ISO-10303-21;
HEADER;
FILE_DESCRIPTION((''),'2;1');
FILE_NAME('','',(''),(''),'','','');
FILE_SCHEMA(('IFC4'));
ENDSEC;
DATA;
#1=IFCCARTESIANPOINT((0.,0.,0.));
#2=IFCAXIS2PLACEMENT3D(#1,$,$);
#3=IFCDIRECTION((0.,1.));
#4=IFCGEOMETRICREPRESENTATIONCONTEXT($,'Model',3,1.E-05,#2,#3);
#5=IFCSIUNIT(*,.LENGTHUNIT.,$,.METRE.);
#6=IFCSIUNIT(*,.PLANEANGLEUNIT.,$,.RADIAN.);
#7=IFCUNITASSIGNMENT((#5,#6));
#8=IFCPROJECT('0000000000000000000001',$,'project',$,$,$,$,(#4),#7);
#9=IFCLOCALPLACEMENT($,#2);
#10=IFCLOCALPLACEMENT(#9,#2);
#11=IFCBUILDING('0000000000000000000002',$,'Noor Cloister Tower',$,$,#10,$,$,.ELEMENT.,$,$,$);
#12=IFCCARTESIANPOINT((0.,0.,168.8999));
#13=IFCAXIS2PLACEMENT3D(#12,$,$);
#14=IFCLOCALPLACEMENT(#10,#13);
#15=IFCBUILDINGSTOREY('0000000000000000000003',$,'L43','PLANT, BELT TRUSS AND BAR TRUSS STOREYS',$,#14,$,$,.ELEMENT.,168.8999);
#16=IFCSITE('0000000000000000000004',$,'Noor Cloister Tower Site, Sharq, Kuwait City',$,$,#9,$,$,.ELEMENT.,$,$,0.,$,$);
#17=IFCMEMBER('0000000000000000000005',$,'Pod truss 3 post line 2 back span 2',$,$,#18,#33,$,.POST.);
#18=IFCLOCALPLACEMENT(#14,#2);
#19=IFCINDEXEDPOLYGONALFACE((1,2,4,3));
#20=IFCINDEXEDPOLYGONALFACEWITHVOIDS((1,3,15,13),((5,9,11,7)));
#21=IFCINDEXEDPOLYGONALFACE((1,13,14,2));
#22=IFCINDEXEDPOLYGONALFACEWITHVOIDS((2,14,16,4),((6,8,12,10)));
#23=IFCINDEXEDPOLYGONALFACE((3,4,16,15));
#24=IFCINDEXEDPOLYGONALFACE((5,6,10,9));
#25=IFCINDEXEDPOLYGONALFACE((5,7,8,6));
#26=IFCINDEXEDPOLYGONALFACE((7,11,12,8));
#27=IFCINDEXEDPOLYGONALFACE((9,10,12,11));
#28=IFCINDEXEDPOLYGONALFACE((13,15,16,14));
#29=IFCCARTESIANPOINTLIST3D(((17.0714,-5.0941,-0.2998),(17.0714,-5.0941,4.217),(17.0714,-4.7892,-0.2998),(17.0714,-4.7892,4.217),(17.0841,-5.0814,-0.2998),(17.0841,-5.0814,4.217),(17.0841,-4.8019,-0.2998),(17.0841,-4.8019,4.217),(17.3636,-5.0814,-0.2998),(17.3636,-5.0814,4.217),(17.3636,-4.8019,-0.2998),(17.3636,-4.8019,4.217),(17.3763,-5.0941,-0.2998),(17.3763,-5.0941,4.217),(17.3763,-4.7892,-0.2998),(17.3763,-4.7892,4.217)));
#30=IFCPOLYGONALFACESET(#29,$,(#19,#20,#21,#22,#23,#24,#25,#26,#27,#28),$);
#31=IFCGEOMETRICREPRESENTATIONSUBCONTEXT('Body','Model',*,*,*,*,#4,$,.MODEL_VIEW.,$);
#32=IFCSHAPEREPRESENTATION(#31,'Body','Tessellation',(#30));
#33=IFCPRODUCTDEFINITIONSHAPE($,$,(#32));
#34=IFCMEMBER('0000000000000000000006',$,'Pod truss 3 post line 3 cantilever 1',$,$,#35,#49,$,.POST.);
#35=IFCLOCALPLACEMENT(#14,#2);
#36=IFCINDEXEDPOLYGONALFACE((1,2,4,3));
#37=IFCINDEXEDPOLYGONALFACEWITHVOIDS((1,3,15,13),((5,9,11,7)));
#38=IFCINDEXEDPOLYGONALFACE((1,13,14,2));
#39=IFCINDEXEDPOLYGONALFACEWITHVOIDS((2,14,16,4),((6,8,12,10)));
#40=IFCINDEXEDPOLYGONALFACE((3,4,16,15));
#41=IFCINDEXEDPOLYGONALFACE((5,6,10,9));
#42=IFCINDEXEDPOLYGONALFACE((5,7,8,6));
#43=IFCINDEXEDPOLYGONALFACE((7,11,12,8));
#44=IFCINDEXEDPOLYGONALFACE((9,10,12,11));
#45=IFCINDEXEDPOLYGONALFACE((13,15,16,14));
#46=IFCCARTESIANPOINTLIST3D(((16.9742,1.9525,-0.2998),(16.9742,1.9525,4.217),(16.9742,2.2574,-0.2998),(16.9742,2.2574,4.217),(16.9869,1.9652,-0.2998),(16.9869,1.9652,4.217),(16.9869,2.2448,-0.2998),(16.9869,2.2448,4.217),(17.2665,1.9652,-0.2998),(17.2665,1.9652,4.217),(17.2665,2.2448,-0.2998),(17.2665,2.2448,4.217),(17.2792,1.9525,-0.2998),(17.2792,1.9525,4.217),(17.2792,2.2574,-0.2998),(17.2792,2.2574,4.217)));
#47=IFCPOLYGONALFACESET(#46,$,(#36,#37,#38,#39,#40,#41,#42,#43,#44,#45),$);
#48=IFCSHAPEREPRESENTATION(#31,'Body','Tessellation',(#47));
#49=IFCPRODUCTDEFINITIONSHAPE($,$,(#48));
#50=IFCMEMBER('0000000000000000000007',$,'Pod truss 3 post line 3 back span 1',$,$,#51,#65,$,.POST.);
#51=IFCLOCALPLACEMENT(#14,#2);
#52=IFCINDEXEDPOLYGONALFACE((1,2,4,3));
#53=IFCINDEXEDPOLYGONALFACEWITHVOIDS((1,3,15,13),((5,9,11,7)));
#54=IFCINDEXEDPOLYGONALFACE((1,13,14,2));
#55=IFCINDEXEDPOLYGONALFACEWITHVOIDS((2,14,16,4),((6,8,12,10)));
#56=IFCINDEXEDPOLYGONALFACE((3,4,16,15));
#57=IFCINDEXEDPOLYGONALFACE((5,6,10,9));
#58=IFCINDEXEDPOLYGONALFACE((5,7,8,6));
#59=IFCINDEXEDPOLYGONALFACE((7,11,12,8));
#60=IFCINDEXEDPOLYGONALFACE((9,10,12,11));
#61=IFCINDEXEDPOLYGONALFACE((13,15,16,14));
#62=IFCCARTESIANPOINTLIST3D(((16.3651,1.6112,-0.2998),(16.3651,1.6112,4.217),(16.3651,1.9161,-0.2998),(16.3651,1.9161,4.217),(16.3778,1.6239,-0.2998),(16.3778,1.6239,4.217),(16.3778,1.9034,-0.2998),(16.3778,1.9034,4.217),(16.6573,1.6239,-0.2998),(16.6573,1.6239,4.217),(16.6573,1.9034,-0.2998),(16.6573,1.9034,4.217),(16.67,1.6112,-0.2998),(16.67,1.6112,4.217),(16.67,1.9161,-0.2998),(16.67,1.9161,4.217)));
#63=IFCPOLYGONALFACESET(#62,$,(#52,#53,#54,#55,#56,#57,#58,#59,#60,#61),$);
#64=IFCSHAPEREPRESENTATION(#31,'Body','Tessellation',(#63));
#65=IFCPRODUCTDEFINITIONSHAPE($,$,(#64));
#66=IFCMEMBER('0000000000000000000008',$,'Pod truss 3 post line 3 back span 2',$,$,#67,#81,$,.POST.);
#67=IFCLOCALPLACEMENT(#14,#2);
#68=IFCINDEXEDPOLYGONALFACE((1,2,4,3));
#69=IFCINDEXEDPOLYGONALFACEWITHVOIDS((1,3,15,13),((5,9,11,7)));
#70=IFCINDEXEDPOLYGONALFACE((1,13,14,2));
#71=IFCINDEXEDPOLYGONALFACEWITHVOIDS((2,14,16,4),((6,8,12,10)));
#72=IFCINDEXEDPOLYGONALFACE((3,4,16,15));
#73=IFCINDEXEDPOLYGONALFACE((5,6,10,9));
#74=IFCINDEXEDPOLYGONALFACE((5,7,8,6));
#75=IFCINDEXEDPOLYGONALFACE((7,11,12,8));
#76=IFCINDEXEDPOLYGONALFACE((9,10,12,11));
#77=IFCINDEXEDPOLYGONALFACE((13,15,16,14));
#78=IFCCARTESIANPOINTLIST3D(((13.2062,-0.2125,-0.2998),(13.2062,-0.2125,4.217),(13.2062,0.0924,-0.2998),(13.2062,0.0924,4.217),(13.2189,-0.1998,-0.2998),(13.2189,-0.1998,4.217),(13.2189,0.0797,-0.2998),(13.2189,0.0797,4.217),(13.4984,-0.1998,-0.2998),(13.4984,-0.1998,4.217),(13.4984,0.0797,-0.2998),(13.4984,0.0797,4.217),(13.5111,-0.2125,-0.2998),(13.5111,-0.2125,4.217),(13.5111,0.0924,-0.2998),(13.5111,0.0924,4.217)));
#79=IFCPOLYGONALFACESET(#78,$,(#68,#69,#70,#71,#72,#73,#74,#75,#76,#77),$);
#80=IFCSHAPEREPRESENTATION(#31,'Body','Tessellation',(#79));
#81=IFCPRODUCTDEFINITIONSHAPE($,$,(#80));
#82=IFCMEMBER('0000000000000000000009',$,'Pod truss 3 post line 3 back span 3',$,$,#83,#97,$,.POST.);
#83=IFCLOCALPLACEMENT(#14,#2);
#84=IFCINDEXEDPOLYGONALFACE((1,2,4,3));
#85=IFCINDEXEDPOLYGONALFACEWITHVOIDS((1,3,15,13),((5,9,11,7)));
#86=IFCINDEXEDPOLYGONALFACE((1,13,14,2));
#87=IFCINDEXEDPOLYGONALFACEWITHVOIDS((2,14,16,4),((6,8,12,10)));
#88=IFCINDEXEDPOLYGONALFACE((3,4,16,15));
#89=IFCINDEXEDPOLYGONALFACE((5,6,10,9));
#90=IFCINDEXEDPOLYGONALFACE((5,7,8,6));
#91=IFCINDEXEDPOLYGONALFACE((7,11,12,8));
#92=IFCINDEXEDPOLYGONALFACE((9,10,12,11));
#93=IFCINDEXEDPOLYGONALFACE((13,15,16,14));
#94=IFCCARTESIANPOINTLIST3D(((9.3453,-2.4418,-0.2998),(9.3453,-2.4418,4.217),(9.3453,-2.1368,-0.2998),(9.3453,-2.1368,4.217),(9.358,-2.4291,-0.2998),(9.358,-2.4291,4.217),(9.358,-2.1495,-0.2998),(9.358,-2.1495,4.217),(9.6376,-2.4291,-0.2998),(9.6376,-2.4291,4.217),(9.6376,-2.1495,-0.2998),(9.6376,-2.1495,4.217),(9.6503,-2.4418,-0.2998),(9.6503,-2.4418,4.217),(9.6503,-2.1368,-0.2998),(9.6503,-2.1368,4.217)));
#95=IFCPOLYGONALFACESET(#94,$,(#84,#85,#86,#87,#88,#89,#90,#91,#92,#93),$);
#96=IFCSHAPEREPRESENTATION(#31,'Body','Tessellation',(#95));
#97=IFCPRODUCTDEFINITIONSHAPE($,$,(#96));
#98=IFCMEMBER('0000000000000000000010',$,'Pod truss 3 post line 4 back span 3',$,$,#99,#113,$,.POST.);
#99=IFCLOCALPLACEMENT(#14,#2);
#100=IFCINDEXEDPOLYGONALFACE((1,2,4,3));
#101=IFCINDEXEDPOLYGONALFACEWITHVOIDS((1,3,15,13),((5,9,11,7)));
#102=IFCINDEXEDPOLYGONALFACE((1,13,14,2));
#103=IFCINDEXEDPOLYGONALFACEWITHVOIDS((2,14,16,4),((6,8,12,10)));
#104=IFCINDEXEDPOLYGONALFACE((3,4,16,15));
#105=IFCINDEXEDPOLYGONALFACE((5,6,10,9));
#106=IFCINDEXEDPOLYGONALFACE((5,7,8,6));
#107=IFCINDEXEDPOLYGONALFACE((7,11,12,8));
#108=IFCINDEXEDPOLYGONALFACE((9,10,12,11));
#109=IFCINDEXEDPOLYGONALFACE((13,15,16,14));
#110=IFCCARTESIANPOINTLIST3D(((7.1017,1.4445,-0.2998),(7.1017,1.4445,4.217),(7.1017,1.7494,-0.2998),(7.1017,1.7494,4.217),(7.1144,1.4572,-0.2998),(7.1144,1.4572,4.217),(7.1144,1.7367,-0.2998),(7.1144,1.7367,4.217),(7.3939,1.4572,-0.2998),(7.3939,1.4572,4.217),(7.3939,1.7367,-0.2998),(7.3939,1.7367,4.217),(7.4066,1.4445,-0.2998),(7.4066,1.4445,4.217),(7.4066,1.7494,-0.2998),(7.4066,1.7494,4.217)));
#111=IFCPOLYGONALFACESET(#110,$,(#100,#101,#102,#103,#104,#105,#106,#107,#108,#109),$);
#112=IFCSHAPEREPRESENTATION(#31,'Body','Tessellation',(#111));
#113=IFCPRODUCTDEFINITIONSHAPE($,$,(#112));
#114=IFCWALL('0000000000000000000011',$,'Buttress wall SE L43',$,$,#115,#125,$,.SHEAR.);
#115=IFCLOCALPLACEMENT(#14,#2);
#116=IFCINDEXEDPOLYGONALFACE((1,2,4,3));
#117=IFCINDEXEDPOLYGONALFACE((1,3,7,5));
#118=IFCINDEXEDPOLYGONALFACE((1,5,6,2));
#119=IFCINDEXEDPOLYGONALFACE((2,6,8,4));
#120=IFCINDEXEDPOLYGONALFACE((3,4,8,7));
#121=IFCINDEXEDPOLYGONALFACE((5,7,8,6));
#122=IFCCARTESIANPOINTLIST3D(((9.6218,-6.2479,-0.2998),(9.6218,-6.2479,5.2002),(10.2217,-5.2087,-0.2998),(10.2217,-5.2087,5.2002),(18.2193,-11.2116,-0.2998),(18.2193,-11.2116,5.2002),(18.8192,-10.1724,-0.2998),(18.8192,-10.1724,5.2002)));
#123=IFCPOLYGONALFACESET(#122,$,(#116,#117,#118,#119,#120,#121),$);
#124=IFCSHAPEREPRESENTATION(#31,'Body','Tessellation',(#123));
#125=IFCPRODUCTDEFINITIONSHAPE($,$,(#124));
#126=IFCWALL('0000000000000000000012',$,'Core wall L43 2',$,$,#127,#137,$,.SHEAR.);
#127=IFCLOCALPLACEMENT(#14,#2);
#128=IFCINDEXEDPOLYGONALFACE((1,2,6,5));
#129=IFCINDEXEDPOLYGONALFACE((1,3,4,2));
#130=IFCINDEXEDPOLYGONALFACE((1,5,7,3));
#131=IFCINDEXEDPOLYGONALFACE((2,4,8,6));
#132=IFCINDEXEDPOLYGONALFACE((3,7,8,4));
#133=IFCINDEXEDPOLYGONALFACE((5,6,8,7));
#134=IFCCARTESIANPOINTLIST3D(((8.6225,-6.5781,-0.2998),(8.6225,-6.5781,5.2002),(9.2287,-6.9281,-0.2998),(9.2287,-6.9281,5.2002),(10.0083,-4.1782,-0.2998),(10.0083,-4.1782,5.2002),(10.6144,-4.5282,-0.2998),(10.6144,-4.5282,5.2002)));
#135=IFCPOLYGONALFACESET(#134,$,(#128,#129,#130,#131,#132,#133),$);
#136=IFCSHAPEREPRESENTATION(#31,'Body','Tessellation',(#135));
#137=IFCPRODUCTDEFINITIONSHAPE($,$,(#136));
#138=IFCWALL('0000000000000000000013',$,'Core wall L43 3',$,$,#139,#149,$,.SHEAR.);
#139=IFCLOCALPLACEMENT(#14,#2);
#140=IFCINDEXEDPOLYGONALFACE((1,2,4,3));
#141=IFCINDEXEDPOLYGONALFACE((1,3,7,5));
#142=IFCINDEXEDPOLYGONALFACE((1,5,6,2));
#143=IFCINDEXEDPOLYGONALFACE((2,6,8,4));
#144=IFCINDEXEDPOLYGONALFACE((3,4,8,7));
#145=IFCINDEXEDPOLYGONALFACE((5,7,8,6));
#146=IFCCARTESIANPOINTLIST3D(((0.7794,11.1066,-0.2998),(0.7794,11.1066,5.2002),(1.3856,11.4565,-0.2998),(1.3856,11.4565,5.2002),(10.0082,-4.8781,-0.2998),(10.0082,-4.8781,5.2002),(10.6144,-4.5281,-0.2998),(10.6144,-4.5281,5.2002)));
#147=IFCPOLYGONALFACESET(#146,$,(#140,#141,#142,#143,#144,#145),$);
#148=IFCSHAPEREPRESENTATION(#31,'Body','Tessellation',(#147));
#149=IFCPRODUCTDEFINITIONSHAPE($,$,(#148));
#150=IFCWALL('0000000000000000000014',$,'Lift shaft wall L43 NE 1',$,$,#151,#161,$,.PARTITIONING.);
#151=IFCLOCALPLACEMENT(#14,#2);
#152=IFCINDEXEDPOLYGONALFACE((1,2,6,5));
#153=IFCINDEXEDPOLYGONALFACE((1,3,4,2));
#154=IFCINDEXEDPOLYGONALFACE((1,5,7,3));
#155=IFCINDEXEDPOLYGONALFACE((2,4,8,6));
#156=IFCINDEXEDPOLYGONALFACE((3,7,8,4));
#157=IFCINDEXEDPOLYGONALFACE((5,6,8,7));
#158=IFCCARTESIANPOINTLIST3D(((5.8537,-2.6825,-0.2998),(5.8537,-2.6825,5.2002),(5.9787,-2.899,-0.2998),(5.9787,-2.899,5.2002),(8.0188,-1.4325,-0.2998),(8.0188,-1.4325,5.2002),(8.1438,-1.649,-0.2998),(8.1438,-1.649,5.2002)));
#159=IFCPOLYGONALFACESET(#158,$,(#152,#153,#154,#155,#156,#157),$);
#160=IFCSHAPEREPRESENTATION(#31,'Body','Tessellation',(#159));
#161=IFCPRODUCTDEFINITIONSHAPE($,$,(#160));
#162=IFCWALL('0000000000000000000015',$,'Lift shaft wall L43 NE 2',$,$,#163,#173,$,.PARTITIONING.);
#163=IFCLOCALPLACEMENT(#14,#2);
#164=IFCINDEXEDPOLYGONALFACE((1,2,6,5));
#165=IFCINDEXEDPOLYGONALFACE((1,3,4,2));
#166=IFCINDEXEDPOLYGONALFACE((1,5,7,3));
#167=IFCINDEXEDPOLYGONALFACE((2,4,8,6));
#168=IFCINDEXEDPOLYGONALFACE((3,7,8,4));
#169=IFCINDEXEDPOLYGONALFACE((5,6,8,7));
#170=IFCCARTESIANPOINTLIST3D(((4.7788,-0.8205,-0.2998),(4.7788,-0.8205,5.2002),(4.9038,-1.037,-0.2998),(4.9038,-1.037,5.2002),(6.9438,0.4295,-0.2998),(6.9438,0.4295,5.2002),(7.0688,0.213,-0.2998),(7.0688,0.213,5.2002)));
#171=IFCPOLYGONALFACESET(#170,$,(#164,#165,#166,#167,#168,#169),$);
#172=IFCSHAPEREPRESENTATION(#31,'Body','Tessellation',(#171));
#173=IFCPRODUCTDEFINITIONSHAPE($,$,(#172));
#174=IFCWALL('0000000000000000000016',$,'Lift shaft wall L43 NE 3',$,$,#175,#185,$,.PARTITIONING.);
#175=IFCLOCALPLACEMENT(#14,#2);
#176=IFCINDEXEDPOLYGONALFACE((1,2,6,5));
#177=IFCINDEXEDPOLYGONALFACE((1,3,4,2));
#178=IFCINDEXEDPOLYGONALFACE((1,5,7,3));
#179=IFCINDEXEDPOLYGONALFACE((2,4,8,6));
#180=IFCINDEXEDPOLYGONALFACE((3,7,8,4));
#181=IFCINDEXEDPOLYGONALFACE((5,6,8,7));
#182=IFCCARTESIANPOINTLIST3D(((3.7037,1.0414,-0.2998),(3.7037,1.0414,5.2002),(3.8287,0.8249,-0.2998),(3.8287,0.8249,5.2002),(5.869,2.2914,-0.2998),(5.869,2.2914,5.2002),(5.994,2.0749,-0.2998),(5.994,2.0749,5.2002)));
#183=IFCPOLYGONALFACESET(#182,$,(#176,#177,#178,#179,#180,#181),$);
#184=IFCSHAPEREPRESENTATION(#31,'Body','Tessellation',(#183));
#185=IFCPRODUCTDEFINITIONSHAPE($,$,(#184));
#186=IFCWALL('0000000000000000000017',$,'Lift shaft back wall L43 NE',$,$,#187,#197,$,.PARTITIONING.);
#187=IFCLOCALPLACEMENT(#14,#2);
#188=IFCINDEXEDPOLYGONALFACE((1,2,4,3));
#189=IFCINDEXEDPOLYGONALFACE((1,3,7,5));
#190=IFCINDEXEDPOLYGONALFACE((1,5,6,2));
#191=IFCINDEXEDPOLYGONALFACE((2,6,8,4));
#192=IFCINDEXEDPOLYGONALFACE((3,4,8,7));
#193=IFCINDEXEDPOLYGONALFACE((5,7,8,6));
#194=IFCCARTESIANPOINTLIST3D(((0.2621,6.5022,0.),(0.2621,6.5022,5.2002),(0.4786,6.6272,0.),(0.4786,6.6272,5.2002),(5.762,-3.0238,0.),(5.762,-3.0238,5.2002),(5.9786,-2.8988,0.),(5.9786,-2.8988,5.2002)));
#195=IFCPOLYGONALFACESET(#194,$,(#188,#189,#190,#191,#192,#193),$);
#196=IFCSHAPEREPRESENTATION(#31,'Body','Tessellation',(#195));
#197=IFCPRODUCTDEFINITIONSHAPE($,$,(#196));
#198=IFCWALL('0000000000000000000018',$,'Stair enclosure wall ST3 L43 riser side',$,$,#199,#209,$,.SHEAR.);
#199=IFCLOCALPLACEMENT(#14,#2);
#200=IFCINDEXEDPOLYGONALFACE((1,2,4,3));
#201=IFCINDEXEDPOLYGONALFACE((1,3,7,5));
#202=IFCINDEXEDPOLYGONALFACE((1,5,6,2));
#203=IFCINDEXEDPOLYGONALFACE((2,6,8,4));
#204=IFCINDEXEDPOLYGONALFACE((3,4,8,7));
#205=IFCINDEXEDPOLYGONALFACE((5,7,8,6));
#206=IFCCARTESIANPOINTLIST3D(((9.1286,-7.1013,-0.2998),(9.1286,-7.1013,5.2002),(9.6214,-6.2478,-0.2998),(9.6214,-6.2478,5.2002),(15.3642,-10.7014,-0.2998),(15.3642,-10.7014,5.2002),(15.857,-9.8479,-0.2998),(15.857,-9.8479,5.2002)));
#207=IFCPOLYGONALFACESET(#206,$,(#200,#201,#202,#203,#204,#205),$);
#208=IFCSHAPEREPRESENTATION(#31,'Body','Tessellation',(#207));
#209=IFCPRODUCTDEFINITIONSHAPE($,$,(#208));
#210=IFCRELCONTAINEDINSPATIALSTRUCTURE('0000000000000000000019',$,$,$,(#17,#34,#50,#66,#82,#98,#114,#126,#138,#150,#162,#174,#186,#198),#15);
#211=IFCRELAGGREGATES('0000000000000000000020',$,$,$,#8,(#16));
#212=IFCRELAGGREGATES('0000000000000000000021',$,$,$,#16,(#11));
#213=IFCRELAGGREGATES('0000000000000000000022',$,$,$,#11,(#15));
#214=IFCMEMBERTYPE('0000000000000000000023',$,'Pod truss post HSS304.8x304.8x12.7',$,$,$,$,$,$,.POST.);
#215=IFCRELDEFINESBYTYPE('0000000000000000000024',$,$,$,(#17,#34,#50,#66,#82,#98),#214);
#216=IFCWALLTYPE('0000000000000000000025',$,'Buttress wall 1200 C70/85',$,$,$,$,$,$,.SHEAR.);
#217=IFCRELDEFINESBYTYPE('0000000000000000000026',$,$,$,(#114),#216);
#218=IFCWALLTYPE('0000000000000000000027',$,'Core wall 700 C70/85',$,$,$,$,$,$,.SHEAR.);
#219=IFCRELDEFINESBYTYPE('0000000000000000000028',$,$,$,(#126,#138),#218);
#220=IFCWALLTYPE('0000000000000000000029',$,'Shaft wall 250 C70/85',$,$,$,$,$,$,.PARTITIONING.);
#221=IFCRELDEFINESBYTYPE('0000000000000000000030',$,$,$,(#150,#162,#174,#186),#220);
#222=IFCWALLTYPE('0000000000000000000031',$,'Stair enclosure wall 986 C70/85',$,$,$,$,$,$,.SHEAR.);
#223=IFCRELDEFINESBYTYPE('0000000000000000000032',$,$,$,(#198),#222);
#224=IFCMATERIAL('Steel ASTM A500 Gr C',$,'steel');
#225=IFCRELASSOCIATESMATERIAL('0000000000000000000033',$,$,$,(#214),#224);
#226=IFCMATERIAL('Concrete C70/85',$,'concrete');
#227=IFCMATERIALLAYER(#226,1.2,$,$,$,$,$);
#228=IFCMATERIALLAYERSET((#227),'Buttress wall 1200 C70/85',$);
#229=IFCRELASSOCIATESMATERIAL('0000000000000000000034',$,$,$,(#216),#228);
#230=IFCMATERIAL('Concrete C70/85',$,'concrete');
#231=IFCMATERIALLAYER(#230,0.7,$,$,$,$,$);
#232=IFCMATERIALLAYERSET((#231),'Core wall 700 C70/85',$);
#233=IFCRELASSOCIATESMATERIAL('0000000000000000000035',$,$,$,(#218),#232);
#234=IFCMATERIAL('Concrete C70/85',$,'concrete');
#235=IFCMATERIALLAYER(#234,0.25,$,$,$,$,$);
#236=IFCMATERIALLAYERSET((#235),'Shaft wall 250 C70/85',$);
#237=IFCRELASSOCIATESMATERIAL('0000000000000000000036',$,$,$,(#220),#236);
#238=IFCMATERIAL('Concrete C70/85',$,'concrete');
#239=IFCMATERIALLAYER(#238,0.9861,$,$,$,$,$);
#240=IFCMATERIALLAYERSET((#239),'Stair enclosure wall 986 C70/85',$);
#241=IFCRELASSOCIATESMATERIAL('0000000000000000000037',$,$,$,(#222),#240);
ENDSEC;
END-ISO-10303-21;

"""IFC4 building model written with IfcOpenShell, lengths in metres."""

from ifc_helpers import new_model, si_unit, direction, frame, frame_2d, origin, origin_2d, place, context, subcontext, project, spatial, rectangle, hollow_rectangle, extrude, material, layer, layer_set, material_profile, profile_set, type_object, element, save


model = new_model("IFC4")

# Units and contexts
model_context = context("Model", 3, precision=1e-05, world=origin(), true_north=direction((0.0, 1.0)))
body_context = subcontext(model_context, "Body", "Model", "MODEL_VIEW")
ifc_project = project(units=[si_unit("LENGTHUNIT", "METRE"), si_unit("PLANEANGLEUNIT", "RADIAN")], contexts=[model_context])

# Site, building, storey
site_placement = place(None, origin())
site = spatial("IfcSite", under=ifc_project, at=site_placement, Name="Noor Cloister Tower Site, Sharq, Kuwait City", CompositionType="ELEMENT", RefElevation=0.0)
building_placement = place(site_placement, origin())
building = spatial("IfcBuilding", under=site, at=building_placement, Name="Noor Cloister Tower", CompositionType="ELEMENT")
storey_placement = place(building_placement, frame((0.0, 0.0, 168.8999)))
storey = spatial("IfcBuildingStorey", under=building, at=storey_placement, Name="L43", Description="PLANT, BELT TRUSS AND BAR TRUSS STOREYS", CompositionType="ELEMENT", Elevation=168.8999)

# Members
ifc_material_1 = material(Name="Steel ASTM A500 Gr C", Category="steel")
ifc_material_profile_1 = material_profile(ifc_material_1, hollow_rectangle(XDim=0.3049, YDim=0.3049, WallThickness=0.0127, at=origin_2d()), Name="HSS304.8x304.8x12.7")
ifc_profile_set_1 = profile_set([ifc_material_profile_1], Name="Steel ASTM A500 Gr C")
member_type_1 = type_object("IfcMemberType", Name="Pod truss post HSS304.8x304.8x12.7", PredefinedType="POST", material=ifc_profile_set_1)
for number, where, z_axis, x_axis, name in (
    (1, (17.2239, -4.9417, -0.2998), (0.0, 0.0, 1.0), (1.0, 0.0, 0.0), "Pod truss 3 post line 2 back span 2"),
    (2, (17.1267, 2.105, -0.2998), (0.0, 0.0, 1.0), (1.0, 0.0, 0.0), "Pod truss 3 post line 3 cantilever 1"),
    (3, (16.5176, 1.7637, -0.2998), (0.0, 0.0, 1.0), (1.0, 0.0, 0.0), "Pod truss 3 post line 3 back span 1"),
    (4, (13.3586, -0.0601, -0.2998), (0.0, 0.0, 1.0), (1.0, 0.0, 0.0), "Pod truss 3 post line 3 back span 2"),
    (5, (9.4978, -2.2893, -0.2998), (0.0, 0.0, 1.0), (1.0, 0.0, 0.0), "Pod truss 3 post line 3 back span 3"),
    (6, (7.2542, 1.5969, -0.2998), (0.0, 0.0, 1.0), (1.0, 0.0, 0.0), "Pod truss 3 post line 4 back span 3"),
):
    element("IfcMember", number, at=place(storey_placement, frame(where, z_axis=z_axis, x_axis=x_axis)), inside=storey, type_object=member_type_1, Name=name, PredefinedType="POST", context=body_context, shape_type="SweptSolid", body=[
        extrude(hollow_rectangle(XDim=0.3049, YDim=0.3049, WallThickness=0.0127, at=origin_2d()), origin(), (0.0, 0.0, 1.0), 4.5168),
    ])

# Walls
ifc_material_2 = material(Name="Concrete C70/85", Category="concrete")
ifc_layer_1 = layer(ifc_material_2, 1.2)
ifc_layer_set_1 = layer_set([ifc_layer_1], Name="Buttress wall 1200 C70/85")
wall_type_1 = type_object("IfcWallType", Name="Buttress wall 1200 C70/85", PredefinedType="SHEAR", material=ifc_layer_set_1)
wall_1_placement = place(storey_placement, frame((9.9216, -5.7283, -0.2998), z_axis=(0.0, 0.0, 1.0), x_axis=(0.86603, -0.499993, 0.0)))
element("IfcWall", 7, at=wall_1_placement, inside=storey, type_object=wall_type_1, Name="Buttress wall SE L43", PredefinedType="SHEAR", context=body_context, shape_type="SweptSolid", body=[
    extrude(rectangle(XDim=9.9275, YDim=1.2, at=frame_2d((4.9639, 0.0))), origin(), (0.0, 0.0, 1.0), 5.5),
])
ifc_material_3 = material(Name="Concrete C70/85", Category="concrete")
ifc_layer_2 = layer(ifc_material_3, 0.7)
ifc_layer_set_2 = layer_set([ifc_layer_2], Name="Core wall 700 C70/85")
wall_type_2 = type_object("IfcWallType", Name="Core wall 700 C70/85", PredefinedType="SHEAR", material=ifc_layer_set_2)
wall_2_placement = place(storey_placement, frame((8.9255, -6.7532, -0.2998), z_axis=(0.0, 0.0, 1.0), x_axis=(0.500043, 0.866001, 0.0)))
element("IfcWall", 8, at=wall_2_placement, inside=storey, type_object=wall_type_2, Name="Core wall L43 2", PredefinedType="SHEAR", context=body_context, shape_type="SweptSolid", body=[
    extrude(rectangle(XDim=2.7712, YDim=0.7, at=frame_2d((1.3857, 0.0))), origin(), (0.0, 0.0, 1.0), 5.5),
])
wall_3_placement = place(storey_placement, frame((10.3113, -4.7031, -0.2998), z_axis=(0.0, 0.0, 1.0), x_axis=(-0.500001, 0.866025, 0.0)))
element("IfcWall", 9, at=wall_3_placement, inside=storey, type_object=wall_type_2, Name="Core wall L43 3", PredefinedType="SHEAR", context=body_context, shape_type="SweptSolid", body=[
    extrude(rectangle(XDim=18.4575, YDim=0.7, at=frame_2d((9.2288, 0.0))), origin(), (0.0, 0.0, 1.0), 5.5),
])
ifc_material_4 = material(Name="Concrete C70/85", Category="concrete")
ifc_layer_3 = layer(ifc_material_4, 0.25)
ifc_layer_set_3 = layer_set([ifc_layer_3], Name="Shaft wall 250 C70/85")
wall_type_3 = type_object("IfcWallType", Name="Shaft wall 250 C70/85", PredefinedType="PARTITIONING", material=ifc_layer_set_3)
for number, where, z_axis, x_axis, name in (
    (10, (8.0813, -1.5408, -0.2998), (0.0, 0.0, 1.0), (-0.866023, -0.500004, 0.0), "Lift shaft wall L43 NE 1"),
    (11, (7.0063, 0.3213, -0.2998), (0.0, 0.0, 1.0), (-0.866023, -0.500004, 0.0), "Lift shaft wall L43 NE 2"),
):
    element("IfcWall", number, at=place(storey_placement, frame(where, z_axis=z_axis, x_axis=x_axis)), inside=storey, type_object=wall_type_3, Name=name, PredefinedType="PARTITIONING", context=body_context, shape_type="SweptSolid", body=[
        extrude(rectangle(XDim=2.5, YDim=0.25, at=frame_2d((1.25, 0.0))), origin(), (0.0, 0.0, 1.0), 5.5),
    ])
wall_4_placement = place(storey_placement, frame((5.9314, 2.1831, -0.2998), z_axis=(0.0, 0.0, 1.0), x_axis=(-0.866047, -0.499962, 0.0)))
element("IfcWall", 12, at=wall_4_placement, inside=storey, type_object=wall_type_3, Name="Lift shaft wall L43 NE 3", PredefinedType="PARTITIONING", context=body_context, shape_type="SweptSolid", body=[
    extrude(rectangle(XDim=2.5002, YDim=0.25, at=frame_2d((1.25, 0.0))), origin(), (0.0, 0.0, 1.0), 5.5),
])
wall_5_placement = place(storey_placement, frame((5.8704, -2.9614, 0.0), z_axis=(0.0, 0.0, 1.0), x_axis=(-0.500006, 0.866022, 0.0)))
element("IfcWall", 13, at=wall_5_placement, inside=storey, type_object=wall_type_3, Name="Lift shaft back wall L43 NE", PredefinedType="PARTITIONING", context=body_context, shape_type="SweptSolid", body=[
    extrude(rectangle(XDim=10.9998, YDim=0.25, at=frame_2d((5.5, 0.0))), origin(), (0.0, 0.0, 1.0), 5.2002),
])
ifc_material_5 = material(Name="Concrete C70/85", Category="concrete")
ifc_layer_4 = layer(ifc_material_5, 0.9861)
ifc_layer_set_4 = layer_set([ifc_layer_4], Name="Stair enclosure wall 986 C70/85")
wall_type_4 = type_object("IfcWallType", Name="Stair enclosure wall 986 C70/85", PredefinedType="SHEAR", material=ifc_layer_set_4)
wall_6_placement = place(storey_placement, frame((9.375, -6.6746, -0.2998), z_axis=(0.0, 0.0, 1.0), x_axis=(0.866027, -0.499997, 0.0)))
element("IfcWall", 14, at=wall_6_placement, inside=storey, type_object=wall_type_4, Name="Stair enclosure wall ST3 L43 riser side", PredefinedType="SHEAR", context=body_context, shape_type="SweptSolid", body=[
    extrude(rectangle(XDim=7.2002, YDim=0.9856, at=frame_2d((3.6001, 0.0))), origin(), (0.0, 0.0, 1.0), 5.5),
])

save(model, "model.ifc")
